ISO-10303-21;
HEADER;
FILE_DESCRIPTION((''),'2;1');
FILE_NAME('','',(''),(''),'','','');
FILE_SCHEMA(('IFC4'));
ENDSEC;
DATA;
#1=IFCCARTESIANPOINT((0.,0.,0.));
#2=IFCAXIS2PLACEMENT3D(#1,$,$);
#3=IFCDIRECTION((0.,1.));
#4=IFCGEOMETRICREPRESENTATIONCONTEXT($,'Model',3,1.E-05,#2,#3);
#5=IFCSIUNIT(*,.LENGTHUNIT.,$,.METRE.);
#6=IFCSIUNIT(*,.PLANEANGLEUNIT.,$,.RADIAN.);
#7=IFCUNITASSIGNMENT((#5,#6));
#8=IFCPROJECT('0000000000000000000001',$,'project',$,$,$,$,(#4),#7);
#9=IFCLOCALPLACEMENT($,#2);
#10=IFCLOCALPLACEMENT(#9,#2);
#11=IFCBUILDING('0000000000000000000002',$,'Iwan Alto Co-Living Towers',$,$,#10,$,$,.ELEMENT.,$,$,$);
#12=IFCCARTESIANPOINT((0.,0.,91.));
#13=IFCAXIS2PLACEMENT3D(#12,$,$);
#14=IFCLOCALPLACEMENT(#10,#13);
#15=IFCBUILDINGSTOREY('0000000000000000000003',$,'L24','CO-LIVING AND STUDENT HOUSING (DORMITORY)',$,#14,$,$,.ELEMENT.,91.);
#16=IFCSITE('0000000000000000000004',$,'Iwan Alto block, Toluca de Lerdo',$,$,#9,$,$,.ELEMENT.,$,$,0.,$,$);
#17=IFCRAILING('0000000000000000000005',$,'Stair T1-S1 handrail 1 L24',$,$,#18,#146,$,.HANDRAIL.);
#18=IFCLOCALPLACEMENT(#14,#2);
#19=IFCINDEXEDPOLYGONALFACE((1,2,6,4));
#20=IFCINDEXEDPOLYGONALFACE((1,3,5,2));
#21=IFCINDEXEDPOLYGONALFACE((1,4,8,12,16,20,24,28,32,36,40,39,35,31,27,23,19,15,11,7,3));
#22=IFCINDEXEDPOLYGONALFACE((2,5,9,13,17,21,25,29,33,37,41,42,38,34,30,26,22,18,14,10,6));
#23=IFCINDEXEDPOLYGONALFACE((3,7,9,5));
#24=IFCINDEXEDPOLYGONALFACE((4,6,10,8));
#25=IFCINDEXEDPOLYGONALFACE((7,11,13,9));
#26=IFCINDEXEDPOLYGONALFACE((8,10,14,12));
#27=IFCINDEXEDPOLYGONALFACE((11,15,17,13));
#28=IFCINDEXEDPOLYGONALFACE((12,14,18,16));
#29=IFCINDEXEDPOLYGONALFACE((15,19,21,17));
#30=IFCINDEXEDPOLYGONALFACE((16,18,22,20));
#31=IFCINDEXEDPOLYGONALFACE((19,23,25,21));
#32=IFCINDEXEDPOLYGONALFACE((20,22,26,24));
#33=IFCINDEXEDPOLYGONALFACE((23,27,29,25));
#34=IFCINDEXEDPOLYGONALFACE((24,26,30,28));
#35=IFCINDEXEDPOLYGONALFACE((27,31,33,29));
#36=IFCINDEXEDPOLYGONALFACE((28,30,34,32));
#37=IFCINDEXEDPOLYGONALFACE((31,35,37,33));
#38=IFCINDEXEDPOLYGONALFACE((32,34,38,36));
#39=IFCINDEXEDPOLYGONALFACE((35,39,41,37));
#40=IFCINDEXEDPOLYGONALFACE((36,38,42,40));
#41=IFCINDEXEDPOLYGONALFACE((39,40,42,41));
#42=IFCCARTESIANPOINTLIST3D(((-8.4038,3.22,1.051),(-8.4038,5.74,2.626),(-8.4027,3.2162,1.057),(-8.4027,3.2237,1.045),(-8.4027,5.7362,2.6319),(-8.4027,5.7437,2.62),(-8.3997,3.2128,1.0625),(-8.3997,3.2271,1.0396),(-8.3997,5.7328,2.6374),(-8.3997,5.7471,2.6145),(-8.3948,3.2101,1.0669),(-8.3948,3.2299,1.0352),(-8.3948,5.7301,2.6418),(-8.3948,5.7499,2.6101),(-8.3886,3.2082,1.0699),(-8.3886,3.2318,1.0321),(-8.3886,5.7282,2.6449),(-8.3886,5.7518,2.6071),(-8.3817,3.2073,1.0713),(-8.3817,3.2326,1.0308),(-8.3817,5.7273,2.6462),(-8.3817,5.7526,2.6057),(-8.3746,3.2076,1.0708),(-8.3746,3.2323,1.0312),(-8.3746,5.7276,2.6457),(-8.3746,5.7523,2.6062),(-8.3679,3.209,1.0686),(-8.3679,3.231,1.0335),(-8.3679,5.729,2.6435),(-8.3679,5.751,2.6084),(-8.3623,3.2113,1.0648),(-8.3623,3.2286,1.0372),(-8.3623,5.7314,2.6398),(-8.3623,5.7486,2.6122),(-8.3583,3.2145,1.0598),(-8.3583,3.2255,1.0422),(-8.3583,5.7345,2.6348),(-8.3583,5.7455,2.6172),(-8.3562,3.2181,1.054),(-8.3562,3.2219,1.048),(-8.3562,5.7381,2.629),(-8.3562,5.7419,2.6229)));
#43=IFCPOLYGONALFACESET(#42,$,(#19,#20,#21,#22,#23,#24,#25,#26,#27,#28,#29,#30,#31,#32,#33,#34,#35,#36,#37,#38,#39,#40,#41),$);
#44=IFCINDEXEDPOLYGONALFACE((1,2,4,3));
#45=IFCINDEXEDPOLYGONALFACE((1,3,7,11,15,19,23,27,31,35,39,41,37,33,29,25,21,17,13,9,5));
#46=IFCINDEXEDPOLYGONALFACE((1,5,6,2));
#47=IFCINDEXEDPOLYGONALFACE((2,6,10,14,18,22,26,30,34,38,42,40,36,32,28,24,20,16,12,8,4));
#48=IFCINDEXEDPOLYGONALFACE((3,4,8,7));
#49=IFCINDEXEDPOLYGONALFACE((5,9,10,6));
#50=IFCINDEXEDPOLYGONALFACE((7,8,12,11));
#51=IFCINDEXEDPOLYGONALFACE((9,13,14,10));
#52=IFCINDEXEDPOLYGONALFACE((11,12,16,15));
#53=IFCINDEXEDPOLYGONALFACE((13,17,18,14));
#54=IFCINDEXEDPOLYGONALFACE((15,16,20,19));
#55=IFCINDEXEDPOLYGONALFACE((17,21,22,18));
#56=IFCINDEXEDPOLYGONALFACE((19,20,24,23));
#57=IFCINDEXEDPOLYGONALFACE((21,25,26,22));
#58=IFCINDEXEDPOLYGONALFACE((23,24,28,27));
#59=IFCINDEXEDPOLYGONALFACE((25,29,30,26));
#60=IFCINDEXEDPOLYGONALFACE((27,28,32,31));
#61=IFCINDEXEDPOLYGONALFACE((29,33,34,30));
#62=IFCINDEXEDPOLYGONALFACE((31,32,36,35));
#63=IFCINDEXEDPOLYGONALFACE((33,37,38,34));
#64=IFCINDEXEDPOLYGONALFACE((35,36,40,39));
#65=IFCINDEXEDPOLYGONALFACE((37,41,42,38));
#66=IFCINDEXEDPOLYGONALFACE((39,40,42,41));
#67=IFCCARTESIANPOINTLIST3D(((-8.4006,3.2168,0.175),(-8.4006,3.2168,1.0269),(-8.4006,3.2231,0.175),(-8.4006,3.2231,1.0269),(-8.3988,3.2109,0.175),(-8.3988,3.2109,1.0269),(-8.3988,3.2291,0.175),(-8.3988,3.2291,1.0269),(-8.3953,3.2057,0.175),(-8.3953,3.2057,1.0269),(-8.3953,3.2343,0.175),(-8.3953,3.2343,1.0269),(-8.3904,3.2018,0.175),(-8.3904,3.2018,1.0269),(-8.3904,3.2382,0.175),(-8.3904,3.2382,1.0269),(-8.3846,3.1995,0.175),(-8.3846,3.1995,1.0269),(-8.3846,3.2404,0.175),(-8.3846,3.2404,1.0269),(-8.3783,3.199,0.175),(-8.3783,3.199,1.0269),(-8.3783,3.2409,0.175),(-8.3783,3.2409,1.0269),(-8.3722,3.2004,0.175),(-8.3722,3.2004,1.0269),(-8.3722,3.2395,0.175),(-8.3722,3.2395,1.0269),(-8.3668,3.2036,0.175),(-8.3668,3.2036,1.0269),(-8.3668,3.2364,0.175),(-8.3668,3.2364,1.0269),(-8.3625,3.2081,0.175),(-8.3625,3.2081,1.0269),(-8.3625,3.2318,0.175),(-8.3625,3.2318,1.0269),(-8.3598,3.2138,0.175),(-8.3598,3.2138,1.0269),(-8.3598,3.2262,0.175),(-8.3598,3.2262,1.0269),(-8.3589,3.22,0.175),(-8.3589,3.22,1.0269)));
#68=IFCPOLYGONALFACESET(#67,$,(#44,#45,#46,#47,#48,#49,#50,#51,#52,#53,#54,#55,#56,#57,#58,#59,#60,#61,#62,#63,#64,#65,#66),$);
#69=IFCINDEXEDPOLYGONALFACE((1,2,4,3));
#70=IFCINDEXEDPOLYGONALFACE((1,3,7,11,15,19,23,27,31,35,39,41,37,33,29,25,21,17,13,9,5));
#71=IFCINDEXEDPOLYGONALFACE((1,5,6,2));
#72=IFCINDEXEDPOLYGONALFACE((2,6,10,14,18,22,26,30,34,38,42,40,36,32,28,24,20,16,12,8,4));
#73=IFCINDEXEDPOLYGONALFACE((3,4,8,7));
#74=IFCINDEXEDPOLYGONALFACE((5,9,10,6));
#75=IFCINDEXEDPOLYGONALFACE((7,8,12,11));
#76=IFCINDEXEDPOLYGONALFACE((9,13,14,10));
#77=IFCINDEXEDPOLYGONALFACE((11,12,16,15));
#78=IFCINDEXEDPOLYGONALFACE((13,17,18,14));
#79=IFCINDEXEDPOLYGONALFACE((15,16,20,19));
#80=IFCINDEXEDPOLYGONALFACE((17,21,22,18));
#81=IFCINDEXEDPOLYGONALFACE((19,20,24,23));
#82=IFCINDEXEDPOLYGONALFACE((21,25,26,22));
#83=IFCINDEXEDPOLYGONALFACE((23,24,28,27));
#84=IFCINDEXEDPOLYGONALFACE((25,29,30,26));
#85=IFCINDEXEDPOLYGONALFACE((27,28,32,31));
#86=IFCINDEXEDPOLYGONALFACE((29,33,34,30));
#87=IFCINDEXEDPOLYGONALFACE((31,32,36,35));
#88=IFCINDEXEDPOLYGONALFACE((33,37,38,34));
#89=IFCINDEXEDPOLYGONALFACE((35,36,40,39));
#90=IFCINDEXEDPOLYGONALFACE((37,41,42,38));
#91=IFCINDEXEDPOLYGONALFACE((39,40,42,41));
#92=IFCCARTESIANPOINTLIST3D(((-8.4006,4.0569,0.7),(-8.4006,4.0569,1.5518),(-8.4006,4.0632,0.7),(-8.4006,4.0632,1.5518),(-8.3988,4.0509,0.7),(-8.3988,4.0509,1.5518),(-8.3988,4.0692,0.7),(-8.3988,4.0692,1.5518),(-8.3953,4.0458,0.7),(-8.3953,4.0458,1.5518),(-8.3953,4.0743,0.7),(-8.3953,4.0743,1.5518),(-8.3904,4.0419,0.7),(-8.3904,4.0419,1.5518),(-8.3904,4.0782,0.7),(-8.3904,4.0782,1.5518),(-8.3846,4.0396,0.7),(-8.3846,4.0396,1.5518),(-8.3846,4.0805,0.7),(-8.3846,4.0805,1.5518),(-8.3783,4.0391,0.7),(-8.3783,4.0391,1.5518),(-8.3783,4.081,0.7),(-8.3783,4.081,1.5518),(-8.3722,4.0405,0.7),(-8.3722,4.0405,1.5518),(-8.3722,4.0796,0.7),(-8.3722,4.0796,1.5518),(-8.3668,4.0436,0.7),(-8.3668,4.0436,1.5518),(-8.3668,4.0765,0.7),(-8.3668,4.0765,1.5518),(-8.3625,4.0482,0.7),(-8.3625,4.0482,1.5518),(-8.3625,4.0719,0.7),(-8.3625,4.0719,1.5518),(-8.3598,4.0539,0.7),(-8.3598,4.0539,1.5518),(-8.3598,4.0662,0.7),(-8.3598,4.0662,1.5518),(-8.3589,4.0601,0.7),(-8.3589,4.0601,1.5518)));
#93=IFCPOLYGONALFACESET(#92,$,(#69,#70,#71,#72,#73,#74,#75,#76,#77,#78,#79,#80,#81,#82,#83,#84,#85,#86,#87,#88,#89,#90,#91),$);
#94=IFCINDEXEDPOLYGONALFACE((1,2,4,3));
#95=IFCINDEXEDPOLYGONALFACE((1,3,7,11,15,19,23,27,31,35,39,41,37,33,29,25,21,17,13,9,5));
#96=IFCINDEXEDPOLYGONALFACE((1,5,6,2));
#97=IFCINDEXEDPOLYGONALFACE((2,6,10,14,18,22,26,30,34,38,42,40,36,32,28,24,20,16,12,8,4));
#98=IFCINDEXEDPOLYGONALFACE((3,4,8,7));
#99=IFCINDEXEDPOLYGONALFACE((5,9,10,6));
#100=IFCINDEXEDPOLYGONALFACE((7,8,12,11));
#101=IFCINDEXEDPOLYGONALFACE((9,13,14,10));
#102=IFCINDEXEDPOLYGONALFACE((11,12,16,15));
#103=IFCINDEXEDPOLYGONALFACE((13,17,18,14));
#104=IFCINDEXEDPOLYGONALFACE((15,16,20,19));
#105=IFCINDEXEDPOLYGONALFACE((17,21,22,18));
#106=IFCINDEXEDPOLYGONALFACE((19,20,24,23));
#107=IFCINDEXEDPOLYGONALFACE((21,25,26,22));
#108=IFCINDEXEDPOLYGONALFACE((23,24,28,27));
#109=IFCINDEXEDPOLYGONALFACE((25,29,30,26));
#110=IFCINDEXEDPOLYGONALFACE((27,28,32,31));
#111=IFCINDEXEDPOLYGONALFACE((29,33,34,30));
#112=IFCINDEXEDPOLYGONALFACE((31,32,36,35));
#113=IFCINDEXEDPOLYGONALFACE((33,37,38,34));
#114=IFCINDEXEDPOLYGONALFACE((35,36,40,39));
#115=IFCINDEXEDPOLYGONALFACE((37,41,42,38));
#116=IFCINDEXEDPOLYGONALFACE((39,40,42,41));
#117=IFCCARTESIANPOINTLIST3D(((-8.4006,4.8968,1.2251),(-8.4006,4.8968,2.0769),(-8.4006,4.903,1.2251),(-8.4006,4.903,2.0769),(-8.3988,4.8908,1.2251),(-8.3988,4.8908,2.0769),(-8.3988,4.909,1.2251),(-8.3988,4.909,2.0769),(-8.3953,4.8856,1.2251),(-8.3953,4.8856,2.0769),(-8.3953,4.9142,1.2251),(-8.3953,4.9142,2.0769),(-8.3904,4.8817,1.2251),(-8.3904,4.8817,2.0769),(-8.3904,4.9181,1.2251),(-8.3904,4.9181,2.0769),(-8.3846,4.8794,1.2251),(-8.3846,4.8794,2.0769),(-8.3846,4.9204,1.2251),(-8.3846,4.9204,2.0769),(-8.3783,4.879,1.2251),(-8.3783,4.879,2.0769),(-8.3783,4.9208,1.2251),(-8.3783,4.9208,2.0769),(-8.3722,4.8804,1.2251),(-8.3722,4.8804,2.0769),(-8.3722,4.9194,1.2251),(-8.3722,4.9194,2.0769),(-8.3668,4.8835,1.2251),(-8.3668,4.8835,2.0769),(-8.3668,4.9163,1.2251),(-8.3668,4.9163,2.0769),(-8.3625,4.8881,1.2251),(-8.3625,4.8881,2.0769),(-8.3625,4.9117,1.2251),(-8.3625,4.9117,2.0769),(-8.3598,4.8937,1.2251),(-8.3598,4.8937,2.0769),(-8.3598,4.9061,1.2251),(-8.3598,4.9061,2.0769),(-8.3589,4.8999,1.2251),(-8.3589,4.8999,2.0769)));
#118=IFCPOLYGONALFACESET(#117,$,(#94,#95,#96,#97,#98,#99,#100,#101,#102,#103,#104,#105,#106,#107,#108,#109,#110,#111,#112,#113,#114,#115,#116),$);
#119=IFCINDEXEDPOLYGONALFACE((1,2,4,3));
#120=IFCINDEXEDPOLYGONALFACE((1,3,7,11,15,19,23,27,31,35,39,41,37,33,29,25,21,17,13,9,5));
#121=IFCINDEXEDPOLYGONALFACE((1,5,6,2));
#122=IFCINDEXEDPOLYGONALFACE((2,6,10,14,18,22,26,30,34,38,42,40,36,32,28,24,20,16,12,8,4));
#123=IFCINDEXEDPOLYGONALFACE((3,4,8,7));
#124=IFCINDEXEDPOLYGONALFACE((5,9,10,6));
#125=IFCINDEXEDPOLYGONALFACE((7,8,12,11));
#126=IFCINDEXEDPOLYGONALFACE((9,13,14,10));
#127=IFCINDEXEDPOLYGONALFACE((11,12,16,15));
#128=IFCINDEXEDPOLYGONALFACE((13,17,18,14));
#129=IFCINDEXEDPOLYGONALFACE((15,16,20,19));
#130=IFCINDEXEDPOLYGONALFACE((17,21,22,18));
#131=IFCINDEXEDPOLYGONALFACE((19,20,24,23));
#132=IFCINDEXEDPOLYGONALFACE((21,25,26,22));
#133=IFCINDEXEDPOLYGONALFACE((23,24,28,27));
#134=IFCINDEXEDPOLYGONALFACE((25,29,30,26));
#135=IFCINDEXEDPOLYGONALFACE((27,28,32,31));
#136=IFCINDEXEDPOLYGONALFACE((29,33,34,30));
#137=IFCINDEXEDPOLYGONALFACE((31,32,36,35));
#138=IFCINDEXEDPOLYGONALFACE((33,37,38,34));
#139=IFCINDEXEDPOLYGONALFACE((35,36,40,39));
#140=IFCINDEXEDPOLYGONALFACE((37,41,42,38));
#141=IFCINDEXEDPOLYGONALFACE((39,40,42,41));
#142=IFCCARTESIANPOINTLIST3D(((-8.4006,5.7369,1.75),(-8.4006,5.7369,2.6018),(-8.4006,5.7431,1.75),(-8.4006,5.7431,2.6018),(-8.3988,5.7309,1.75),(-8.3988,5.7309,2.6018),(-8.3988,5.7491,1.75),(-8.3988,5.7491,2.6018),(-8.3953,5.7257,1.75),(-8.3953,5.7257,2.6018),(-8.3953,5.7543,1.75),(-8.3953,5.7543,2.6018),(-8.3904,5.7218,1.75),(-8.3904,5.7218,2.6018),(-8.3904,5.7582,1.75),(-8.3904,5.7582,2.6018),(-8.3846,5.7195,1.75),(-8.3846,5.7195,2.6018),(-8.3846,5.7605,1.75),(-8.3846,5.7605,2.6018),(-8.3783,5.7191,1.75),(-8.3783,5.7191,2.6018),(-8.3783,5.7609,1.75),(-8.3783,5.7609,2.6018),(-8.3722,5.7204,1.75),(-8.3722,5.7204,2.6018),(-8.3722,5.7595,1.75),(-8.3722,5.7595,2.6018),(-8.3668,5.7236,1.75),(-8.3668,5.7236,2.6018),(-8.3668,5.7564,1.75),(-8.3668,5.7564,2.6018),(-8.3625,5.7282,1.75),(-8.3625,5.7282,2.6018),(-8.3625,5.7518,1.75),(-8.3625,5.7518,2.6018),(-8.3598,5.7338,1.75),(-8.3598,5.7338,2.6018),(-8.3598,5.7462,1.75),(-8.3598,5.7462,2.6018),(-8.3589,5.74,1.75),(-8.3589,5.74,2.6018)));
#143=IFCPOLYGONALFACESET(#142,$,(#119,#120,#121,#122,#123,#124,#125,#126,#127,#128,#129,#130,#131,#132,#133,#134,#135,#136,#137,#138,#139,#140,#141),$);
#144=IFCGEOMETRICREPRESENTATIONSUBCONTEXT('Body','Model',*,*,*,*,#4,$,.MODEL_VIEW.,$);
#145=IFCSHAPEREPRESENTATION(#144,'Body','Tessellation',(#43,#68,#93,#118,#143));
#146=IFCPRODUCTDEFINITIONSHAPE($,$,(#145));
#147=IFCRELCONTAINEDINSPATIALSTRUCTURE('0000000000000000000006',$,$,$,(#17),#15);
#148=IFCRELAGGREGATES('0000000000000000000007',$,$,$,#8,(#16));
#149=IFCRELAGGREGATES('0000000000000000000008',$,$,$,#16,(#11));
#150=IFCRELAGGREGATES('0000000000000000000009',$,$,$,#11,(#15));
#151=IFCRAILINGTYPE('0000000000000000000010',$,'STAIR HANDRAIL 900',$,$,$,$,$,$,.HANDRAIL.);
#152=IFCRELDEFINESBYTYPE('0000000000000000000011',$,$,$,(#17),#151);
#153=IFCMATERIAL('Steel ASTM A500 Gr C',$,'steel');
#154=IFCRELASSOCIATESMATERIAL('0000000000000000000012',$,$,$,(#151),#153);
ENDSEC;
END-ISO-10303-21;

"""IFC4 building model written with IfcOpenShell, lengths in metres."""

from ifc_helpers import new_model, si_unit, direction, frame, origin, origin_2d, place, context, subcontext, project, spatial, circle, extrude, material, type_object, element, save


model = new_model("IFC4")

# Units and contexts
model_context = context("Model", 3, precision=1e-05, world=origin(), true_north=direction((0.0, 1.0)))
body_context = subcontext(model_context, "Body", "Model", "MODEL_VIEW")
ifc_project = project(units=[si_unit("LENGTHUNIT", "METRE"), si_unit("PLANEANGLEUNIT", "RADIAN")], contexts=[model_context])

# Site, building, storey
site_placement = place(None, origin())
site = spatial("IfcSite", under=ifc_project, at=site_placement, Name="Iwan Alto block, Toluca de Lerdo", CompositionType="ELEMENT", RefElevation=0.0)
building_placement = place(site_placement, origin())
building = spatial("IfcBuilding", under=site, at=building_placement, Name="Iwan Alto Co-Living Towers", CompositionType="ELEMENT")
storey_placement = place(building_placement, frame((0.0, 0.0, 91.0)))
storey = spatial("IfcBuildingStorey", under=building, at=storey_placement, Name="L24", Description="CO-LIVING AND STUDENT HOUSING (DORMITORY)", CompositionType="ELEMENT", Elevation=91.0)

# Railing
ifc_material_1 = material(Name="Steel ASTM A500 Gr C", Category="steel")
railing_type_1 = type_object("IfcRailingType", Name="STAIR HANDRAIL 900", PredefinedType="HANDRAIL", material=ifc_material_1)
railing_1_placement = place(storey_placement, frame((-8.3799, 3.22, 0.175)))
element("IfcRailing", 1, at=railing_1_placement, inside=storey, type_object=railing_type_1, Name="Stair T1-S1 handrail 1 L24", PredefinedType="HANDRAIL", context=body_context, shape_type="SweptSolid", body=[
    extrude(circle(Radius=0.0239, at=origin_2d()), frame((0.0, 0.0, 0.876), z_axis=(0.0, 0.848008, 0.529984), x_axis=(-1.0, 0.0, 0.0)), (0.0, 0.0, 1.0), 2.9717),
    extrude(circle(Radius=0.021, at=origin_2d()), origin(), (0.0, 0.0, 1.0), 0.8518),
    extrude(circle(Radius=0.021, at=origin_2d()), frame((0.0, 0.8401, 0.5249)), (0.0, 0.0, 1.0), 0.8518),
    extrude(circle(Radius=0.021, at=origin_2d()), frame((0.0, 1.6799, 1.05)), (0.0, 0.0, 1.0), 0.8518),
    extrude(circle(Radius=0.021, at=origin_2d()), frame((0.0, 2.52, 1.575)), (0.0, 0.0, 1.0), 0.8518),
])

save(model, "model.ifc")
